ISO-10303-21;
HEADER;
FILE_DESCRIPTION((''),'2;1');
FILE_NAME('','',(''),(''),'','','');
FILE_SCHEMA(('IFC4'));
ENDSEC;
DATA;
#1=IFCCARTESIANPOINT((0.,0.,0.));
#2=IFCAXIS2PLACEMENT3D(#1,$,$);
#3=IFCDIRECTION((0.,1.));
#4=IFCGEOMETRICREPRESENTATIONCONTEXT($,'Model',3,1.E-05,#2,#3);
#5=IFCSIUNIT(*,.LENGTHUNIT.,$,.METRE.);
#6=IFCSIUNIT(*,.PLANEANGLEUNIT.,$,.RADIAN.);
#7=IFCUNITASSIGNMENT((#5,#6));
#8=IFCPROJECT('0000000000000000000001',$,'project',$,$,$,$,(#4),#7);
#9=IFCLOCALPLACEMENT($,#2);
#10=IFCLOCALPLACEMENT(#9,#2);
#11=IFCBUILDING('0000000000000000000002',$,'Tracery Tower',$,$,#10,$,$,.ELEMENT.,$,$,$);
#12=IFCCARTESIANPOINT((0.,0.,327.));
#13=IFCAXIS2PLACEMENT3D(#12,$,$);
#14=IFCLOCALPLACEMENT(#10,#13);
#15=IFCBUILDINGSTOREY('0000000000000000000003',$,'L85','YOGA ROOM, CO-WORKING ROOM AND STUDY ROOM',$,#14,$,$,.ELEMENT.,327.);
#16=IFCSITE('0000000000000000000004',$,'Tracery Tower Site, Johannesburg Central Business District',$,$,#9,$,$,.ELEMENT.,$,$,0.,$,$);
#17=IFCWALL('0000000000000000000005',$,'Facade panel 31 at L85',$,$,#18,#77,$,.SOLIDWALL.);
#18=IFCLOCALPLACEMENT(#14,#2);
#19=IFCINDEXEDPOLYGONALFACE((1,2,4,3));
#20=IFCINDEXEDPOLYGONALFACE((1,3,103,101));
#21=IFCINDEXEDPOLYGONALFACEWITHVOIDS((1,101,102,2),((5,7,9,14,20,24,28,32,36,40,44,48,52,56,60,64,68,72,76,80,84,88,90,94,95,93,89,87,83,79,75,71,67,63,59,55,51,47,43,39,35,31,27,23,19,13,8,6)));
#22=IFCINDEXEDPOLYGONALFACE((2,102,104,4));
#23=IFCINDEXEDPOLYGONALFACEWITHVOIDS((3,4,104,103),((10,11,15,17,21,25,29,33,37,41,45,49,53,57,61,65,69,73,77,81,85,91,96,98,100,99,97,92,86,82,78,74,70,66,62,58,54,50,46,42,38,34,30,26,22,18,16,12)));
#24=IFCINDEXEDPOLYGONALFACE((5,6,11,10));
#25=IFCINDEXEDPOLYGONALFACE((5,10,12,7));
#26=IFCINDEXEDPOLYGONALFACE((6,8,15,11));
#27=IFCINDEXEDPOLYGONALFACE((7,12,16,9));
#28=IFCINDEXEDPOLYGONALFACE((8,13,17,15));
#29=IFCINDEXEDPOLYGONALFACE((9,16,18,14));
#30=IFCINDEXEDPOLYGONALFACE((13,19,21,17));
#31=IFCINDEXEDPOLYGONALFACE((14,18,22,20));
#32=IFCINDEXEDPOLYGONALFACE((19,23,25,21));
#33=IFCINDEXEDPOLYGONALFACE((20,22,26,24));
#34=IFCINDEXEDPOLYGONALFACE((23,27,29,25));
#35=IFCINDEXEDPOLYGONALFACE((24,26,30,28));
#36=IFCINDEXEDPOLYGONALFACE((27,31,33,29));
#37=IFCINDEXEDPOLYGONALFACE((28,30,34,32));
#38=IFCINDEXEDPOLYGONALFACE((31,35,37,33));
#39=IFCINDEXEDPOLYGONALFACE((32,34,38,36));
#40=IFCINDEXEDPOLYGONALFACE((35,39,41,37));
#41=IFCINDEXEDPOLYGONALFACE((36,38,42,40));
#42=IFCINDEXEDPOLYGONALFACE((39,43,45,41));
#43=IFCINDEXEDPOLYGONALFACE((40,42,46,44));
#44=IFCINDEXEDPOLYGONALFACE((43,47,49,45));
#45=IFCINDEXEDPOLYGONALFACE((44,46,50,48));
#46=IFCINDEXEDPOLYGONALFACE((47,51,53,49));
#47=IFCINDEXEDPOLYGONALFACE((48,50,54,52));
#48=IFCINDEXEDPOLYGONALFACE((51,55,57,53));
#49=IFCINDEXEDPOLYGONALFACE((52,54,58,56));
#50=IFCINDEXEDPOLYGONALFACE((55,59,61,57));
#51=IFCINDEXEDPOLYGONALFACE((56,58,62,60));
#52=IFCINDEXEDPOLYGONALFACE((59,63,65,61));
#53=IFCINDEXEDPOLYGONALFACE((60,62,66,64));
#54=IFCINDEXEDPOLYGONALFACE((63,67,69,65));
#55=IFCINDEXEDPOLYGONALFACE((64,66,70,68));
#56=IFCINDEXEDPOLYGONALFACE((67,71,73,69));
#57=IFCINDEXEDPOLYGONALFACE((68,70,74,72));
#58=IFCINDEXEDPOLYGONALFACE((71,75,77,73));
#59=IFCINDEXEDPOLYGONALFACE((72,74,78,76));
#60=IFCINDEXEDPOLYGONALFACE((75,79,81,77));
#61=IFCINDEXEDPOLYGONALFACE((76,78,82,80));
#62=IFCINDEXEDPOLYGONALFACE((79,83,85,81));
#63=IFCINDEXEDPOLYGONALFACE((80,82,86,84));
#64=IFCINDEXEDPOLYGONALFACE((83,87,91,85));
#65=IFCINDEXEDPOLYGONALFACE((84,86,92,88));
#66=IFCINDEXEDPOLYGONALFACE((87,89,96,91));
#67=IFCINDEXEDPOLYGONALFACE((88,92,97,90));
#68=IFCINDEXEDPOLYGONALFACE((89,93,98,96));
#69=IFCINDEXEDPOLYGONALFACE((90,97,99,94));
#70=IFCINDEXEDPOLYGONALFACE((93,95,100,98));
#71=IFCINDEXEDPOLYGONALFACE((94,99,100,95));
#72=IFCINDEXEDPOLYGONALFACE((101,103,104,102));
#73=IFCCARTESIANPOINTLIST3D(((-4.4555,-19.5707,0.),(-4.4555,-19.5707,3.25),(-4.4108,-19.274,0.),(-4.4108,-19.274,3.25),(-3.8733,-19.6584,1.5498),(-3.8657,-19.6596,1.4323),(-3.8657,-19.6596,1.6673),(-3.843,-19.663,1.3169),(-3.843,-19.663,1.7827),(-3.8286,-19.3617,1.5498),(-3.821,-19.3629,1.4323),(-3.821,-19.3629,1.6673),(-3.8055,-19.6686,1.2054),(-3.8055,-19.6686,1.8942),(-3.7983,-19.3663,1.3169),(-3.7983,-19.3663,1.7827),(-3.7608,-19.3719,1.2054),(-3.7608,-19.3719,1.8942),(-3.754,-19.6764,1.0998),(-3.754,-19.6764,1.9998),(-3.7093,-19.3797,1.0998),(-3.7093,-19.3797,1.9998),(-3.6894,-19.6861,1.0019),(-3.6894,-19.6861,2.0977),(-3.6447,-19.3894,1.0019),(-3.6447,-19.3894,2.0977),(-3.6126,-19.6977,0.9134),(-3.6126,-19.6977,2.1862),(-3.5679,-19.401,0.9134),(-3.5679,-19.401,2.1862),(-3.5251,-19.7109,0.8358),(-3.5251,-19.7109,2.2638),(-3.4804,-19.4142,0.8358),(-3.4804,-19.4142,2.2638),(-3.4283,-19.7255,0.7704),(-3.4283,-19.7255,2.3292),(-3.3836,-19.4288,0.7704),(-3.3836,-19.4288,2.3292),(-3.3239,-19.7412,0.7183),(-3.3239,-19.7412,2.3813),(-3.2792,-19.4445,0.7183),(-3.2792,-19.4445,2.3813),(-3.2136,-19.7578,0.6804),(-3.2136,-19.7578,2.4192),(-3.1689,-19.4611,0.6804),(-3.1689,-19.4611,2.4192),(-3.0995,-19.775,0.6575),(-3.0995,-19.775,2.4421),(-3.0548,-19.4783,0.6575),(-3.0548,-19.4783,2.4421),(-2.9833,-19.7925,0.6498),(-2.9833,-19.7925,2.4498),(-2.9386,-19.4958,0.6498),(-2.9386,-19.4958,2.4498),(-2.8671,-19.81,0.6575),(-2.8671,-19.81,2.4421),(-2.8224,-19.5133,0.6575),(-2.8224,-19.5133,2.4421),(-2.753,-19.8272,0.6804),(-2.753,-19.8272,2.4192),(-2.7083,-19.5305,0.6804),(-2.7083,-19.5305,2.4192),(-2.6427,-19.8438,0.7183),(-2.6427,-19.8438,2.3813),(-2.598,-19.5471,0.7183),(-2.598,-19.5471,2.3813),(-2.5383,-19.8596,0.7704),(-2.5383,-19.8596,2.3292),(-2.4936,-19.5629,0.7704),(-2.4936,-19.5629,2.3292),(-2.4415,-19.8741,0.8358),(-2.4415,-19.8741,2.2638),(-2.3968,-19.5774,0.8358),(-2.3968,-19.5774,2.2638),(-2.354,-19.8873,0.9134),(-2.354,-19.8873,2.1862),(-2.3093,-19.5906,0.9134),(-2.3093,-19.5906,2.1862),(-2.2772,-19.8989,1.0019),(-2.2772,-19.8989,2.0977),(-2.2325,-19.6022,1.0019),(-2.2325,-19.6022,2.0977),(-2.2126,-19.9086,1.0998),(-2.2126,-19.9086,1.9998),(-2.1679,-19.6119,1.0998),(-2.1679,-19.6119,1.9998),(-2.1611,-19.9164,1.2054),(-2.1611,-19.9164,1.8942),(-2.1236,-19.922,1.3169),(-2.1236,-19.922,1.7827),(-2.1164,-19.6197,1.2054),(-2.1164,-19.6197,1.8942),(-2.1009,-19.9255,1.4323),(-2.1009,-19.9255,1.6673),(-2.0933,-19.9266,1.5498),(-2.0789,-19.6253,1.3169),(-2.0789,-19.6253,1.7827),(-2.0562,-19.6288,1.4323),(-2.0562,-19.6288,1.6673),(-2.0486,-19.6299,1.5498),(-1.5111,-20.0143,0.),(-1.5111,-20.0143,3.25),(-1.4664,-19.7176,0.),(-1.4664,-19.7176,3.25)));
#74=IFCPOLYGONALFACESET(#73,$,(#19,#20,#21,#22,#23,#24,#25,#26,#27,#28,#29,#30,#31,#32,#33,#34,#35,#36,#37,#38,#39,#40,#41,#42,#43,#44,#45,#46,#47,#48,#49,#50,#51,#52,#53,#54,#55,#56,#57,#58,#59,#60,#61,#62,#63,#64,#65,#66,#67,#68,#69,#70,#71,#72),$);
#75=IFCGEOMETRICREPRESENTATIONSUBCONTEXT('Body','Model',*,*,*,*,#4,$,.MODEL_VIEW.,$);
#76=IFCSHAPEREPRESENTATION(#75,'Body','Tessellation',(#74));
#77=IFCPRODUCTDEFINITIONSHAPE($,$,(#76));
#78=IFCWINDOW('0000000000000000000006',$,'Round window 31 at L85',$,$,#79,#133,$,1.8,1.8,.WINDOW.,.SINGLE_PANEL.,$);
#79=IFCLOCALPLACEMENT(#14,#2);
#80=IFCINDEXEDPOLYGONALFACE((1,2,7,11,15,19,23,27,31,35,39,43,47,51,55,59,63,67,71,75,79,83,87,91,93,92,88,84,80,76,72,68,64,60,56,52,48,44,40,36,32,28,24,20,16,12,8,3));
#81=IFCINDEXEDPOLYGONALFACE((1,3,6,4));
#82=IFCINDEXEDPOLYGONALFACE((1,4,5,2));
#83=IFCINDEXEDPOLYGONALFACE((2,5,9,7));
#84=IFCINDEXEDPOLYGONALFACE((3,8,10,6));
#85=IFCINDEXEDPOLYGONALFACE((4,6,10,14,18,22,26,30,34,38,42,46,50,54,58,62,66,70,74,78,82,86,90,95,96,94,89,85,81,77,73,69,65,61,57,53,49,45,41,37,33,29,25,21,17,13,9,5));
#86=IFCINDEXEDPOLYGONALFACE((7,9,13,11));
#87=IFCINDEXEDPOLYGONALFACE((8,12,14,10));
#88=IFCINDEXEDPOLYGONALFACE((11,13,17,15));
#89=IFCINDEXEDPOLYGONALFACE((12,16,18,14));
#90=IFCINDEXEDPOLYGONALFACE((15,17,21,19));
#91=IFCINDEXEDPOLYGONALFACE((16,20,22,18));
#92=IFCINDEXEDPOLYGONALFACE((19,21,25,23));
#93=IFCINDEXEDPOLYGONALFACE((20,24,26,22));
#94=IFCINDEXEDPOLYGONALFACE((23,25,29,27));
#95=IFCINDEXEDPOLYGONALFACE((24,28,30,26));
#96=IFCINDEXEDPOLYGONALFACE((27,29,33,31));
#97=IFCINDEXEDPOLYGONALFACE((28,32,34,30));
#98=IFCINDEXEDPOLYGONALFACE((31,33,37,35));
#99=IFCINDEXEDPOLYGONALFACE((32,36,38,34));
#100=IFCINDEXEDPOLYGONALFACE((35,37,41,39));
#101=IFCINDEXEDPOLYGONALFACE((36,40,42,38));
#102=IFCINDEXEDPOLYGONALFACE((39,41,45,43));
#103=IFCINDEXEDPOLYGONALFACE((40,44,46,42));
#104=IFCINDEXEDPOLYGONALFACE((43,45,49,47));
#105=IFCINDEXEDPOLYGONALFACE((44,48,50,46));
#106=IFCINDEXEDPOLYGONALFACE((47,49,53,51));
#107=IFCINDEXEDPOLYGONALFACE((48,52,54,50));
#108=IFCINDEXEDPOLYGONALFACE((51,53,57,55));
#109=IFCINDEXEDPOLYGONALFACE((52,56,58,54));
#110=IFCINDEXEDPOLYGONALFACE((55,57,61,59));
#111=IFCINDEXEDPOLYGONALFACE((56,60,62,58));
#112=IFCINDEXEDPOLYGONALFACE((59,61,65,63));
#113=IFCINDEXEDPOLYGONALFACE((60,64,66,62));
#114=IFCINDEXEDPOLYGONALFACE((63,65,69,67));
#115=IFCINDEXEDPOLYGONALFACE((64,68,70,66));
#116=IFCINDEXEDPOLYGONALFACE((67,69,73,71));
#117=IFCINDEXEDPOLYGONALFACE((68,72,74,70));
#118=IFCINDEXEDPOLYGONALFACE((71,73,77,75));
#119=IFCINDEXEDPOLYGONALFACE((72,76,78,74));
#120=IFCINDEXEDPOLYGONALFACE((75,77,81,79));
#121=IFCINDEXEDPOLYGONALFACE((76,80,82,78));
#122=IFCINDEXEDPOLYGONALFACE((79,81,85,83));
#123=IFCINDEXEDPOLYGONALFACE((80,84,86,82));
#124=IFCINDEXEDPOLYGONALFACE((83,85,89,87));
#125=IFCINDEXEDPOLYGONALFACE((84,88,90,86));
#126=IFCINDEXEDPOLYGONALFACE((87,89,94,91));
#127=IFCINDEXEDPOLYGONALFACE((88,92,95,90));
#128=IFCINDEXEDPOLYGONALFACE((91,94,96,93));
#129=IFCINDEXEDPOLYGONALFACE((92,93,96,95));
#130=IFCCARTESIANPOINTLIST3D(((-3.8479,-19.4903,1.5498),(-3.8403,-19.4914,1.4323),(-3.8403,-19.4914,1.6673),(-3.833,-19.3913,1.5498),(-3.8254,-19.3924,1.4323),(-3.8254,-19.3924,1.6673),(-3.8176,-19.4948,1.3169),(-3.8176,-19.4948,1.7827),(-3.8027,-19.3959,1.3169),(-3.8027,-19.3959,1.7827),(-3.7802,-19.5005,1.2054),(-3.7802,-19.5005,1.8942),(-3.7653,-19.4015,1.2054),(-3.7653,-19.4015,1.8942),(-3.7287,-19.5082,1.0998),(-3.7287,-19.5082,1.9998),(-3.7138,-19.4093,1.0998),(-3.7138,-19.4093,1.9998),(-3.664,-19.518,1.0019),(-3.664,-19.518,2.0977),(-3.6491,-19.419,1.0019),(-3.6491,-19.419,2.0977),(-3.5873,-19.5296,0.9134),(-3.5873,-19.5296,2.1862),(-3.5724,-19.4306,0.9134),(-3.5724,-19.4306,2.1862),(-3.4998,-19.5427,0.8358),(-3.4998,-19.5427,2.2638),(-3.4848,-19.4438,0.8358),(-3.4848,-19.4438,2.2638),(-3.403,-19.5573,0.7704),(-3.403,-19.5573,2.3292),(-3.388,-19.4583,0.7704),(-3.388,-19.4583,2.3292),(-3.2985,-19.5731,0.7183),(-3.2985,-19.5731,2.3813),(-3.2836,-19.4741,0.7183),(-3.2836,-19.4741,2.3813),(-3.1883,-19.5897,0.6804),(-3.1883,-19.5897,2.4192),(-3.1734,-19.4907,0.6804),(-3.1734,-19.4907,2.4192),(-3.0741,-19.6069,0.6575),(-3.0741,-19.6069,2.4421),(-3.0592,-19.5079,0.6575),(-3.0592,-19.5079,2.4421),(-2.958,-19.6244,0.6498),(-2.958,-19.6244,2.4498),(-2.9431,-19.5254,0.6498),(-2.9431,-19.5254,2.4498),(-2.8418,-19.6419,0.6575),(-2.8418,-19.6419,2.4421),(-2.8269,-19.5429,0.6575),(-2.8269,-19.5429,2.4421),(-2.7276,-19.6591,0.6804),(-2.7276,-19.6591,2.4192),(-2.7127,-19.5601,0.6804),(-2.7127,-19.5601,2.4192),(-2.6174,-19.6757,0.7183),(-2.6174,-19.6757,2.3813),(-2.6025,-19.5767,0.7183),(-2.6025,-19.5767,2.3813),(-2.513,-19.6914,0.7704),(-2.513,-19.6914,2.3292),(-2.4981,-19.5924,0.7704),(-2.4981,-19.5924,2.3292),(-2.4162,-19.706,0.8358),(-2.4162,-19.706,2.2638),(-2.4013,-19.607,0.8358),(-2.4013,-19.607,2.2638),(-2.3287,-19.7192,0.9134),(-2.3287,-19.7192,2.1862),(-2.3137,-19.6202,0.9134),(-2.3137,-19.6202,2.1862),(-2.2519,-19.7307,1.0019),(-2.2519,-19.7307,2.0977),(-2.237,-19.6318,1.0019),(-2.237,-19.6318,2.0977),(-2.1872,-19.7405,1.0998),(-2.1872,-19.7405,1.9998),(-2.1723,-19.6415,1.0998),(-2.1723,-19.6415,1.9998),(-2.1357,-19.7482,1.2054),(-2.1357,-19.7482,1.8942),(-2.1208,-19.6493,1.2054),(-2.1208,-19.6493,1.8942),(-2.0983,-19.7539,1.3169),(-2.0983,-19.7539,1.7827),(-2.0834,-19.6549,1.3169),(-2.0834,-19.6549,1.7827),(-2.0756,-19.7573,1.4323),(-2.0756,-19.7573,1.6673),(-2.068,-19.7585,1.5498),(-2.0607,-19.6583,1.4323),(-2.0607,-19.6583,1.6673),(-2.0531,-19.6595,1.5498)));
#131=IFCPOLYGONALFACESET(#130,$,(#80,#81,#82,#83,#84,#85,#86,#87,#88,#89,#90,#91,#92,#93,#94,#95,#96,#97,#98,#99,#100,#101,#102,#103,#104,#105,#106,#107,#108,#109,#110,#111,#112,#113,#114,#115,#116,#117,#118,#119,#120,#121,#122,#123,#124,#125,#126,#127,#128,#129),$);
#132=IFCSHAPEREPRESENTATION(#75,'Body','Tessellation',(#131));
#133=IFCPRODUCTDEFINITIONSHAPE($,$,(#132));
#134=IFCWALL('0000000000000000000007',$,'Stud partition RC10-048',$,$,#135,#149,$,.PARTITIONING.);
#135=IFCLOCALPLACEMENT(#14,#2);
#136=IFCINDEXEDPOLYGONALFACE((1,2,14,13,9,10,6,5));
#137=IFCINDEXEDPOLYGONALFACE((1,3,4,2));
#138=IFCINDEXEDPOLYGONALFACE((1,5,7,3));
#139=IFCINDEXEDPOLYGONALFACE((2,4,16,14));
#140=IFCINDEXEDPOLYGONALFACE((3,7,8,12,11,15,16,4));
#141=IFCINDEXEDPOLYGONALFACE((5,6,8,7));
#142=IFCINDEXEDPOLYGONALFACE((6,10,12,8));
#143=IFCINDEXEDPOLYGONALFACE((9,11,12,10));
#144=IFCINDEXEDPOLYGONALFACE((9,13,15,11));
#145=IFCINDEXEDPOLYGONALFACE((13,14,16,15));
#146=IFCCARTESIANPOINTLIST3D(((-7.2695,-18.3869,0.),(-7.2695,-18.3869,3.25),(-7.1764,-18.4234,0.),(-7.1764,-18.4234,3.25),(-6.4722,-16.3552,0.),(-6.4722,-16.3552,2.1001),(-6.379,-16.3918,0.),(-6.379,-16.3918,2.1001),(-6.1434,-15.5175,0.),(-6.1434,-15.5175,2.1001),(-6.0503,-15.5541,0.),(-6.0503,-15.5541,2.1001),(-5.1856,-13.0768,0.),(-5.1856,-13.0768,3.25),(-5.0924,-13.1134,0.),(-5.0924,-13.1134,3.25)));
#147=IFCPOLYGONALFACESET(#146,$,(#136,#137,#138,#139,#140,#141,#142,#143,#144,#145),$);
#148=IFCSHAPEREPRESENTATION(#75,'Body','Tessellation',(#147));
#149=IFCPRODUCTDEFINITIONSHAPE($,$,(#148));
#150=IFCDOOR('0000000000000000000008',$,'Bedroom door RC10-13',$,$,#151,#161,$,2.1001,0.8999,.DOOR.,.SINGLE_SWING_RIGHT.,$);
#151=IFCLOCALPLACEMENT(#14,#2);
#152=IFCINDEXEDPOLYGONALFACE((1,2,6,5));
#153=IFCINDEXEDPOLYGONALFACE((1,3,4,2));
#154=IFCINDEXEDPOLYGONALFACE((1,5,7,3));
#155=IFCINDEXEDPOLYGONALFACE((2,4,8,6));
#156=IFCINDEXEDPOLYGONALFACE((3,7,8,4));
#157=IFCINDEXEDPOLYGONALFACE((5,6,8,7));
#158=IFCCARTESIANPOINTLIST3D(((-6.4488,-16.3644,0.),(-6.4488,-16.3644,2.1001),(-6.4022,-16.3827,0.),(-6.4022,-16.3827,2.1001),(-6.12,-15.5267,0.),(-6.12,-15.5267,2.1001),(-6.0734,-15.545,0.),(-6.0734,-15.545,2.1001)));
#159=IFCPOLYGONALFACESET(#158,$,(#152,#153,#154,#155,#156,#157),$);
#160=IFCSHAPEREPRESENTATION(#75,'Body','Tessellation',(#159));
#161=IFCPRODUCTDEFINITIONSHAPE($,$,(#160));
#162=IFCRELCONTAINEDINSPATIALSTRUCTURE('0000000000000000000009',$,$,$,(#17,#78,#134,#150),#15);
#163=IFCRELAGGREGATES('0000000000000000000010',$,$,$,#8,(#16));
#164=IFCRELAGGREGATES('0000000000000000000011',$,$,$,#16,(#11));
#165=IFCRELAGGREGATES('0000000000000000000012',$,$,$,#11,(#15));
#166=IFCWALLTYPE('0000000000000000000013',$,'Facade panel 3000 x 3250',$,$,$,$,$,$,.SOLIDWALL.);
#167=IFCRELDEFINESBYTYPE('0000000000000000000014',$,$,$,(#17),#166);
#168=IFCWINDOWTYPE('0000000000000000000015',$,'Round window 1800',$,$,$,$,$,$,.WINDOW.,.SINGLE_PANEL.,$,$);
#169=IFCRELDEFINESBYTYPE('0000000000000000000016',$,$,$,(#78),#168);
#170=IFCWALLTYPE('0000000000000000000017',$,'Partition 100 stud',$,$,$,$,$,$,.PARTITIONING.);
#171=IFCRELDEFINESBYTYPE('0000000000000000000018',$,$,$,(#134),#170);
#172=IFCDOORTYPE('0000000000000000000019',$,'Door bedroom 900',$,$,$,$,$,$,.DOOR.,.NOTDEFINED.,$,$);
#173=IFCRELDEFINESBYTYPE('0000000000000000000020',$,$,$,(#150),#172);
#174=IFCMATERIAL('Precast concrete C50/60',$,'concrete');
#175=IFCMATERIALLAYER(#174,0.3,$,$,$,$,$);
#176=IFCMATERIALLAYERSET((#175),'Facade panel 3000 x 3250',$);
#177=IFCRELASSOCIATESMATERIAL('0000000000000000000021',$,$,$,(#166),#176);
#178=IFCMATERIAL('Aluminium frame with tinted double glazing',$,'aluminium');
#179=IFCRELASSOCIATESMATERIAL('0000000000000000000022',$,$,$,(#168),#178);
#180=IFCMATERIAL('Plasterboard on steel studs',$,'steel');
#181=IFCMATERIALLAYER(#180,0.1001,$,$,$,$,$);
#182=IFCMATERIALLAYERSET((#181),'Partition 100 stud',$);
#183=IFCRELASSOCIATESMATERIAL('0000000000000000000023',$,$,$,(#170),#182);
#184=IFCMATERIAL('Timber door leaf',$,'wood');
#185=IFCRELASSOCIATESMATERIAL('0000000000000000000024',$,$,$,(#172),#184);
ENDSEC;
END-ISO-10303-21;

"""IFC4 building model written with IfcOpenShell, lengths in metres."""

from ifc_helpers import new_model, si_unit, direction, frame, frame_2d, origin, origin_2d, place, context, subcontext, project, spatial, rectangle, circle, extrude, material, layer, layer_set, type_object, element, fill, save


model = new_model("IFC4")

# Units and contexts
model_context = context("Model", 3, precision=1e-05, world=origin(), true_north=direction((0.0, 1.0)))
body_context = subcontext(model_context, "Body", "Model", "MODEL_VIEW")
ifc_project = project(units=[si_unit("LENGTHUNIT", "METRE"), si_unit("PLANEANGLEUNIT", "RADIAN")], contexts=[model_context])

# Site, building, storey
site_placement = place(None, origin())
site = spatial("IfcSite", under=ifc_project, at=site_placement, Name="Tracery Tower Site, Johannesburg Central Business District", CompositionType="ELEMENT", RefElevation=0.0)
building_placement = place(site_placement, origin())
building = spatial("IfcBuilding", under=site, at=building_placement, Name="Tracery Tower", CompositionType="ELEMENT")
storey_placement = place(building_placement, frame((0.0, 0.0, 327.0)))
storey = spatial("IfcBuildingStorey", under=building, at=storey_placement, Name="L85", Description="YOGA ROOM, CO-WORKING ROOM AND STUDY ROOM", CompositionType="ELEMENT", Elevation=327.0)

# Wall, opening, window
ifc_material_1 = material(Name="Precast concrete C50/60", Category="concrete")
ifc_layer_1 = layer(ifc_material_1, 0.3)
ifc_layer_set_1 = layer_set([ifc_layer_1], Name="Facade panel 3000 x 3250")
wall_type_1 = type_object("IfcWallType", Name="Facade panel 3000 x 3250", PredefinedType="SOLIDWALL", material=ifc_layer_set_1)
ifc_material_2 = material(Name="Aluminium frame with tinted double glazing", Category="aluminium")
window_type = type_object("IfcWindowType", Name="Round window 1800", PartitioningType="SINGLE_PANEL", PredefinedType="WINDOW", material=ifc_material_2)
wall_1_placement = place(storey_placement, frame((-4.4331, -19.4224, 0.0), z_axis=(0.0, 0.0, 1.0), x_axis=(0.98884, -0.148982, 0.0)))
wall_1 = element("IfcWall", 1, at=wall_1_placement, inside=storey, type_object=wall_type_1, Name="Facade panel 31 at L85", PredefinedType="SOLIDWALL", context=body_context, shape_type="SweptSolid", body=[
    extrude(rectangle(XDim=2.9775, YDim=0.3, at=frame_2d((1.4888, 0.0))), origin(), (0.0, 0.0, 1.0), 3.25),
])
opening_1_placement = place(wall_1_placement, frame((1.4888, 0.0, 1.5498)))
opening_1 = element("IfcOpeningElement", 2, at=opening_1_placement, cuts=wall_1, PredefinedType="OPENING", context=body_context, shape_type="SweptSolid", body=[
    extrude(circle(Radius=0.9, at=origin_2d()), frame((0.0, 0.1599, 0.0), z_axis=(0.0, -1.0, 0.0), x_axis=(1.0, 0.0, 0.0)), (0.0, 0.0, 1.0), 0.3201),
])
window_1_placement = place(opening_1_placement, origin())
window_1 = element("IfcWindow", 3, at=window_1_placement, inside=storey, type_object=window_type, Name="Round window 31 at L85", OverallHeight=1.8, OverallWidth=1.8, PartitioningType="SINGLE_PANEL", PredefinedType="WINDOW", context=body_context, shape_type="SweptSolid", body=[
    extrude(circle(Radius=0.9, at=origin_2d()), frame((0.0, 0.1201, 0.0), z_axis=(0.0, -1.0, 0.0), x_axis=(1.0, 0.0, 0.0)), (0.0, 0.0, 1.0), 0.1001),
])
fill(opening_1, window_1)

# Wall, opening, door
ifc_material_3 = material(Name="Plasterboard on steel studs", Category="steel")
ifc_layer_2 = layer(ifc_material_3, 0.1001)
ifc_layer_set_2 = layer_set([ifc_layer_2], Name="Partition 100 stud")
wall_type_2 = type_object("IfcWallType", Name="Partition 100 stud", PredefinedType="PARTITIONING", material=ifc_layer_set_2)
wall_2_placement = place(storey_placement, frame((-7.2229, -18.405, 0.0), z_axis=(0.0, 0.0, 1.0), x_axis=(0.365332, 0.930877, 0.0)))
wall_2 = element("IfcWall", 4, at=wall_2_placement, inside=storey, type_object=wall_type_2, Name="Stud partition RC10-048", PredefinedType="PARTITIONING", context=body_context, shape_type="SweptSolid", body=[
    extrude(rectangle(XDim=5.7043, YDim=0.1001, at=frame_2d((2.8521, 0.0))), origin(), (0.0, 0.0, 1.0), 3.25),
])
opening_2_placement = place(wall_2_placement, frame((2.1824, 0.0, 0.0)))
opening_2 = element("IfcOpeningElement", 5, at=opening_2_placement, cuts=wall_2, PredefinedType="OPENING", context=body_context, shape_type="SweptSolid", body=[
    extrude(rectangle(XDim=0.8999, YDim=2.1001, at=frame_2d((0.45, 1.05))), frame((0.0, 0.05, 0.0), z_axis=(0.0, -1.0, 0.0), x_axis=(1.0, 0.0, 0.0)), (0.0, 0.0, 1.0), 0.1001),
])
ifc_material_4 = material(Name="Timber door leaf", Category="wood")
door_type_1 = type_object("IfcDoorType", Name="Door bedroom 900", OperationType="NOTDEFINED", PredefinedType="DOOR", material=ifc_material_4)
door_1_placement = place(opening_2_placement, origin())
door_1 = element("IfcDoor", 6, at=door_1_placement, inside=storey, type_object=door_type_1, Name="Bedroom door RC10-13", OperationType="SINGLE_SWING_RIGHT", OverallHeight=2.1001, OverallWidth=0.8999, PredefinedType="DOOR", context=body_context, shape_type="SweptSolid", body=[
    extrude(rectangle(XDim=0.8999, YDim=2.1001, at=frame_2d((0.45, 1.05))), frame((0.0, 0.0249, 0.0), z_axis=(0.0, -1.0, 0.0), x_axis=(1.0, 0.0, 0.0)), (0.0, 0.0, 1.0), 0.05),
])
fill(opening_2, door_1)

save(model, "model.ifc")
